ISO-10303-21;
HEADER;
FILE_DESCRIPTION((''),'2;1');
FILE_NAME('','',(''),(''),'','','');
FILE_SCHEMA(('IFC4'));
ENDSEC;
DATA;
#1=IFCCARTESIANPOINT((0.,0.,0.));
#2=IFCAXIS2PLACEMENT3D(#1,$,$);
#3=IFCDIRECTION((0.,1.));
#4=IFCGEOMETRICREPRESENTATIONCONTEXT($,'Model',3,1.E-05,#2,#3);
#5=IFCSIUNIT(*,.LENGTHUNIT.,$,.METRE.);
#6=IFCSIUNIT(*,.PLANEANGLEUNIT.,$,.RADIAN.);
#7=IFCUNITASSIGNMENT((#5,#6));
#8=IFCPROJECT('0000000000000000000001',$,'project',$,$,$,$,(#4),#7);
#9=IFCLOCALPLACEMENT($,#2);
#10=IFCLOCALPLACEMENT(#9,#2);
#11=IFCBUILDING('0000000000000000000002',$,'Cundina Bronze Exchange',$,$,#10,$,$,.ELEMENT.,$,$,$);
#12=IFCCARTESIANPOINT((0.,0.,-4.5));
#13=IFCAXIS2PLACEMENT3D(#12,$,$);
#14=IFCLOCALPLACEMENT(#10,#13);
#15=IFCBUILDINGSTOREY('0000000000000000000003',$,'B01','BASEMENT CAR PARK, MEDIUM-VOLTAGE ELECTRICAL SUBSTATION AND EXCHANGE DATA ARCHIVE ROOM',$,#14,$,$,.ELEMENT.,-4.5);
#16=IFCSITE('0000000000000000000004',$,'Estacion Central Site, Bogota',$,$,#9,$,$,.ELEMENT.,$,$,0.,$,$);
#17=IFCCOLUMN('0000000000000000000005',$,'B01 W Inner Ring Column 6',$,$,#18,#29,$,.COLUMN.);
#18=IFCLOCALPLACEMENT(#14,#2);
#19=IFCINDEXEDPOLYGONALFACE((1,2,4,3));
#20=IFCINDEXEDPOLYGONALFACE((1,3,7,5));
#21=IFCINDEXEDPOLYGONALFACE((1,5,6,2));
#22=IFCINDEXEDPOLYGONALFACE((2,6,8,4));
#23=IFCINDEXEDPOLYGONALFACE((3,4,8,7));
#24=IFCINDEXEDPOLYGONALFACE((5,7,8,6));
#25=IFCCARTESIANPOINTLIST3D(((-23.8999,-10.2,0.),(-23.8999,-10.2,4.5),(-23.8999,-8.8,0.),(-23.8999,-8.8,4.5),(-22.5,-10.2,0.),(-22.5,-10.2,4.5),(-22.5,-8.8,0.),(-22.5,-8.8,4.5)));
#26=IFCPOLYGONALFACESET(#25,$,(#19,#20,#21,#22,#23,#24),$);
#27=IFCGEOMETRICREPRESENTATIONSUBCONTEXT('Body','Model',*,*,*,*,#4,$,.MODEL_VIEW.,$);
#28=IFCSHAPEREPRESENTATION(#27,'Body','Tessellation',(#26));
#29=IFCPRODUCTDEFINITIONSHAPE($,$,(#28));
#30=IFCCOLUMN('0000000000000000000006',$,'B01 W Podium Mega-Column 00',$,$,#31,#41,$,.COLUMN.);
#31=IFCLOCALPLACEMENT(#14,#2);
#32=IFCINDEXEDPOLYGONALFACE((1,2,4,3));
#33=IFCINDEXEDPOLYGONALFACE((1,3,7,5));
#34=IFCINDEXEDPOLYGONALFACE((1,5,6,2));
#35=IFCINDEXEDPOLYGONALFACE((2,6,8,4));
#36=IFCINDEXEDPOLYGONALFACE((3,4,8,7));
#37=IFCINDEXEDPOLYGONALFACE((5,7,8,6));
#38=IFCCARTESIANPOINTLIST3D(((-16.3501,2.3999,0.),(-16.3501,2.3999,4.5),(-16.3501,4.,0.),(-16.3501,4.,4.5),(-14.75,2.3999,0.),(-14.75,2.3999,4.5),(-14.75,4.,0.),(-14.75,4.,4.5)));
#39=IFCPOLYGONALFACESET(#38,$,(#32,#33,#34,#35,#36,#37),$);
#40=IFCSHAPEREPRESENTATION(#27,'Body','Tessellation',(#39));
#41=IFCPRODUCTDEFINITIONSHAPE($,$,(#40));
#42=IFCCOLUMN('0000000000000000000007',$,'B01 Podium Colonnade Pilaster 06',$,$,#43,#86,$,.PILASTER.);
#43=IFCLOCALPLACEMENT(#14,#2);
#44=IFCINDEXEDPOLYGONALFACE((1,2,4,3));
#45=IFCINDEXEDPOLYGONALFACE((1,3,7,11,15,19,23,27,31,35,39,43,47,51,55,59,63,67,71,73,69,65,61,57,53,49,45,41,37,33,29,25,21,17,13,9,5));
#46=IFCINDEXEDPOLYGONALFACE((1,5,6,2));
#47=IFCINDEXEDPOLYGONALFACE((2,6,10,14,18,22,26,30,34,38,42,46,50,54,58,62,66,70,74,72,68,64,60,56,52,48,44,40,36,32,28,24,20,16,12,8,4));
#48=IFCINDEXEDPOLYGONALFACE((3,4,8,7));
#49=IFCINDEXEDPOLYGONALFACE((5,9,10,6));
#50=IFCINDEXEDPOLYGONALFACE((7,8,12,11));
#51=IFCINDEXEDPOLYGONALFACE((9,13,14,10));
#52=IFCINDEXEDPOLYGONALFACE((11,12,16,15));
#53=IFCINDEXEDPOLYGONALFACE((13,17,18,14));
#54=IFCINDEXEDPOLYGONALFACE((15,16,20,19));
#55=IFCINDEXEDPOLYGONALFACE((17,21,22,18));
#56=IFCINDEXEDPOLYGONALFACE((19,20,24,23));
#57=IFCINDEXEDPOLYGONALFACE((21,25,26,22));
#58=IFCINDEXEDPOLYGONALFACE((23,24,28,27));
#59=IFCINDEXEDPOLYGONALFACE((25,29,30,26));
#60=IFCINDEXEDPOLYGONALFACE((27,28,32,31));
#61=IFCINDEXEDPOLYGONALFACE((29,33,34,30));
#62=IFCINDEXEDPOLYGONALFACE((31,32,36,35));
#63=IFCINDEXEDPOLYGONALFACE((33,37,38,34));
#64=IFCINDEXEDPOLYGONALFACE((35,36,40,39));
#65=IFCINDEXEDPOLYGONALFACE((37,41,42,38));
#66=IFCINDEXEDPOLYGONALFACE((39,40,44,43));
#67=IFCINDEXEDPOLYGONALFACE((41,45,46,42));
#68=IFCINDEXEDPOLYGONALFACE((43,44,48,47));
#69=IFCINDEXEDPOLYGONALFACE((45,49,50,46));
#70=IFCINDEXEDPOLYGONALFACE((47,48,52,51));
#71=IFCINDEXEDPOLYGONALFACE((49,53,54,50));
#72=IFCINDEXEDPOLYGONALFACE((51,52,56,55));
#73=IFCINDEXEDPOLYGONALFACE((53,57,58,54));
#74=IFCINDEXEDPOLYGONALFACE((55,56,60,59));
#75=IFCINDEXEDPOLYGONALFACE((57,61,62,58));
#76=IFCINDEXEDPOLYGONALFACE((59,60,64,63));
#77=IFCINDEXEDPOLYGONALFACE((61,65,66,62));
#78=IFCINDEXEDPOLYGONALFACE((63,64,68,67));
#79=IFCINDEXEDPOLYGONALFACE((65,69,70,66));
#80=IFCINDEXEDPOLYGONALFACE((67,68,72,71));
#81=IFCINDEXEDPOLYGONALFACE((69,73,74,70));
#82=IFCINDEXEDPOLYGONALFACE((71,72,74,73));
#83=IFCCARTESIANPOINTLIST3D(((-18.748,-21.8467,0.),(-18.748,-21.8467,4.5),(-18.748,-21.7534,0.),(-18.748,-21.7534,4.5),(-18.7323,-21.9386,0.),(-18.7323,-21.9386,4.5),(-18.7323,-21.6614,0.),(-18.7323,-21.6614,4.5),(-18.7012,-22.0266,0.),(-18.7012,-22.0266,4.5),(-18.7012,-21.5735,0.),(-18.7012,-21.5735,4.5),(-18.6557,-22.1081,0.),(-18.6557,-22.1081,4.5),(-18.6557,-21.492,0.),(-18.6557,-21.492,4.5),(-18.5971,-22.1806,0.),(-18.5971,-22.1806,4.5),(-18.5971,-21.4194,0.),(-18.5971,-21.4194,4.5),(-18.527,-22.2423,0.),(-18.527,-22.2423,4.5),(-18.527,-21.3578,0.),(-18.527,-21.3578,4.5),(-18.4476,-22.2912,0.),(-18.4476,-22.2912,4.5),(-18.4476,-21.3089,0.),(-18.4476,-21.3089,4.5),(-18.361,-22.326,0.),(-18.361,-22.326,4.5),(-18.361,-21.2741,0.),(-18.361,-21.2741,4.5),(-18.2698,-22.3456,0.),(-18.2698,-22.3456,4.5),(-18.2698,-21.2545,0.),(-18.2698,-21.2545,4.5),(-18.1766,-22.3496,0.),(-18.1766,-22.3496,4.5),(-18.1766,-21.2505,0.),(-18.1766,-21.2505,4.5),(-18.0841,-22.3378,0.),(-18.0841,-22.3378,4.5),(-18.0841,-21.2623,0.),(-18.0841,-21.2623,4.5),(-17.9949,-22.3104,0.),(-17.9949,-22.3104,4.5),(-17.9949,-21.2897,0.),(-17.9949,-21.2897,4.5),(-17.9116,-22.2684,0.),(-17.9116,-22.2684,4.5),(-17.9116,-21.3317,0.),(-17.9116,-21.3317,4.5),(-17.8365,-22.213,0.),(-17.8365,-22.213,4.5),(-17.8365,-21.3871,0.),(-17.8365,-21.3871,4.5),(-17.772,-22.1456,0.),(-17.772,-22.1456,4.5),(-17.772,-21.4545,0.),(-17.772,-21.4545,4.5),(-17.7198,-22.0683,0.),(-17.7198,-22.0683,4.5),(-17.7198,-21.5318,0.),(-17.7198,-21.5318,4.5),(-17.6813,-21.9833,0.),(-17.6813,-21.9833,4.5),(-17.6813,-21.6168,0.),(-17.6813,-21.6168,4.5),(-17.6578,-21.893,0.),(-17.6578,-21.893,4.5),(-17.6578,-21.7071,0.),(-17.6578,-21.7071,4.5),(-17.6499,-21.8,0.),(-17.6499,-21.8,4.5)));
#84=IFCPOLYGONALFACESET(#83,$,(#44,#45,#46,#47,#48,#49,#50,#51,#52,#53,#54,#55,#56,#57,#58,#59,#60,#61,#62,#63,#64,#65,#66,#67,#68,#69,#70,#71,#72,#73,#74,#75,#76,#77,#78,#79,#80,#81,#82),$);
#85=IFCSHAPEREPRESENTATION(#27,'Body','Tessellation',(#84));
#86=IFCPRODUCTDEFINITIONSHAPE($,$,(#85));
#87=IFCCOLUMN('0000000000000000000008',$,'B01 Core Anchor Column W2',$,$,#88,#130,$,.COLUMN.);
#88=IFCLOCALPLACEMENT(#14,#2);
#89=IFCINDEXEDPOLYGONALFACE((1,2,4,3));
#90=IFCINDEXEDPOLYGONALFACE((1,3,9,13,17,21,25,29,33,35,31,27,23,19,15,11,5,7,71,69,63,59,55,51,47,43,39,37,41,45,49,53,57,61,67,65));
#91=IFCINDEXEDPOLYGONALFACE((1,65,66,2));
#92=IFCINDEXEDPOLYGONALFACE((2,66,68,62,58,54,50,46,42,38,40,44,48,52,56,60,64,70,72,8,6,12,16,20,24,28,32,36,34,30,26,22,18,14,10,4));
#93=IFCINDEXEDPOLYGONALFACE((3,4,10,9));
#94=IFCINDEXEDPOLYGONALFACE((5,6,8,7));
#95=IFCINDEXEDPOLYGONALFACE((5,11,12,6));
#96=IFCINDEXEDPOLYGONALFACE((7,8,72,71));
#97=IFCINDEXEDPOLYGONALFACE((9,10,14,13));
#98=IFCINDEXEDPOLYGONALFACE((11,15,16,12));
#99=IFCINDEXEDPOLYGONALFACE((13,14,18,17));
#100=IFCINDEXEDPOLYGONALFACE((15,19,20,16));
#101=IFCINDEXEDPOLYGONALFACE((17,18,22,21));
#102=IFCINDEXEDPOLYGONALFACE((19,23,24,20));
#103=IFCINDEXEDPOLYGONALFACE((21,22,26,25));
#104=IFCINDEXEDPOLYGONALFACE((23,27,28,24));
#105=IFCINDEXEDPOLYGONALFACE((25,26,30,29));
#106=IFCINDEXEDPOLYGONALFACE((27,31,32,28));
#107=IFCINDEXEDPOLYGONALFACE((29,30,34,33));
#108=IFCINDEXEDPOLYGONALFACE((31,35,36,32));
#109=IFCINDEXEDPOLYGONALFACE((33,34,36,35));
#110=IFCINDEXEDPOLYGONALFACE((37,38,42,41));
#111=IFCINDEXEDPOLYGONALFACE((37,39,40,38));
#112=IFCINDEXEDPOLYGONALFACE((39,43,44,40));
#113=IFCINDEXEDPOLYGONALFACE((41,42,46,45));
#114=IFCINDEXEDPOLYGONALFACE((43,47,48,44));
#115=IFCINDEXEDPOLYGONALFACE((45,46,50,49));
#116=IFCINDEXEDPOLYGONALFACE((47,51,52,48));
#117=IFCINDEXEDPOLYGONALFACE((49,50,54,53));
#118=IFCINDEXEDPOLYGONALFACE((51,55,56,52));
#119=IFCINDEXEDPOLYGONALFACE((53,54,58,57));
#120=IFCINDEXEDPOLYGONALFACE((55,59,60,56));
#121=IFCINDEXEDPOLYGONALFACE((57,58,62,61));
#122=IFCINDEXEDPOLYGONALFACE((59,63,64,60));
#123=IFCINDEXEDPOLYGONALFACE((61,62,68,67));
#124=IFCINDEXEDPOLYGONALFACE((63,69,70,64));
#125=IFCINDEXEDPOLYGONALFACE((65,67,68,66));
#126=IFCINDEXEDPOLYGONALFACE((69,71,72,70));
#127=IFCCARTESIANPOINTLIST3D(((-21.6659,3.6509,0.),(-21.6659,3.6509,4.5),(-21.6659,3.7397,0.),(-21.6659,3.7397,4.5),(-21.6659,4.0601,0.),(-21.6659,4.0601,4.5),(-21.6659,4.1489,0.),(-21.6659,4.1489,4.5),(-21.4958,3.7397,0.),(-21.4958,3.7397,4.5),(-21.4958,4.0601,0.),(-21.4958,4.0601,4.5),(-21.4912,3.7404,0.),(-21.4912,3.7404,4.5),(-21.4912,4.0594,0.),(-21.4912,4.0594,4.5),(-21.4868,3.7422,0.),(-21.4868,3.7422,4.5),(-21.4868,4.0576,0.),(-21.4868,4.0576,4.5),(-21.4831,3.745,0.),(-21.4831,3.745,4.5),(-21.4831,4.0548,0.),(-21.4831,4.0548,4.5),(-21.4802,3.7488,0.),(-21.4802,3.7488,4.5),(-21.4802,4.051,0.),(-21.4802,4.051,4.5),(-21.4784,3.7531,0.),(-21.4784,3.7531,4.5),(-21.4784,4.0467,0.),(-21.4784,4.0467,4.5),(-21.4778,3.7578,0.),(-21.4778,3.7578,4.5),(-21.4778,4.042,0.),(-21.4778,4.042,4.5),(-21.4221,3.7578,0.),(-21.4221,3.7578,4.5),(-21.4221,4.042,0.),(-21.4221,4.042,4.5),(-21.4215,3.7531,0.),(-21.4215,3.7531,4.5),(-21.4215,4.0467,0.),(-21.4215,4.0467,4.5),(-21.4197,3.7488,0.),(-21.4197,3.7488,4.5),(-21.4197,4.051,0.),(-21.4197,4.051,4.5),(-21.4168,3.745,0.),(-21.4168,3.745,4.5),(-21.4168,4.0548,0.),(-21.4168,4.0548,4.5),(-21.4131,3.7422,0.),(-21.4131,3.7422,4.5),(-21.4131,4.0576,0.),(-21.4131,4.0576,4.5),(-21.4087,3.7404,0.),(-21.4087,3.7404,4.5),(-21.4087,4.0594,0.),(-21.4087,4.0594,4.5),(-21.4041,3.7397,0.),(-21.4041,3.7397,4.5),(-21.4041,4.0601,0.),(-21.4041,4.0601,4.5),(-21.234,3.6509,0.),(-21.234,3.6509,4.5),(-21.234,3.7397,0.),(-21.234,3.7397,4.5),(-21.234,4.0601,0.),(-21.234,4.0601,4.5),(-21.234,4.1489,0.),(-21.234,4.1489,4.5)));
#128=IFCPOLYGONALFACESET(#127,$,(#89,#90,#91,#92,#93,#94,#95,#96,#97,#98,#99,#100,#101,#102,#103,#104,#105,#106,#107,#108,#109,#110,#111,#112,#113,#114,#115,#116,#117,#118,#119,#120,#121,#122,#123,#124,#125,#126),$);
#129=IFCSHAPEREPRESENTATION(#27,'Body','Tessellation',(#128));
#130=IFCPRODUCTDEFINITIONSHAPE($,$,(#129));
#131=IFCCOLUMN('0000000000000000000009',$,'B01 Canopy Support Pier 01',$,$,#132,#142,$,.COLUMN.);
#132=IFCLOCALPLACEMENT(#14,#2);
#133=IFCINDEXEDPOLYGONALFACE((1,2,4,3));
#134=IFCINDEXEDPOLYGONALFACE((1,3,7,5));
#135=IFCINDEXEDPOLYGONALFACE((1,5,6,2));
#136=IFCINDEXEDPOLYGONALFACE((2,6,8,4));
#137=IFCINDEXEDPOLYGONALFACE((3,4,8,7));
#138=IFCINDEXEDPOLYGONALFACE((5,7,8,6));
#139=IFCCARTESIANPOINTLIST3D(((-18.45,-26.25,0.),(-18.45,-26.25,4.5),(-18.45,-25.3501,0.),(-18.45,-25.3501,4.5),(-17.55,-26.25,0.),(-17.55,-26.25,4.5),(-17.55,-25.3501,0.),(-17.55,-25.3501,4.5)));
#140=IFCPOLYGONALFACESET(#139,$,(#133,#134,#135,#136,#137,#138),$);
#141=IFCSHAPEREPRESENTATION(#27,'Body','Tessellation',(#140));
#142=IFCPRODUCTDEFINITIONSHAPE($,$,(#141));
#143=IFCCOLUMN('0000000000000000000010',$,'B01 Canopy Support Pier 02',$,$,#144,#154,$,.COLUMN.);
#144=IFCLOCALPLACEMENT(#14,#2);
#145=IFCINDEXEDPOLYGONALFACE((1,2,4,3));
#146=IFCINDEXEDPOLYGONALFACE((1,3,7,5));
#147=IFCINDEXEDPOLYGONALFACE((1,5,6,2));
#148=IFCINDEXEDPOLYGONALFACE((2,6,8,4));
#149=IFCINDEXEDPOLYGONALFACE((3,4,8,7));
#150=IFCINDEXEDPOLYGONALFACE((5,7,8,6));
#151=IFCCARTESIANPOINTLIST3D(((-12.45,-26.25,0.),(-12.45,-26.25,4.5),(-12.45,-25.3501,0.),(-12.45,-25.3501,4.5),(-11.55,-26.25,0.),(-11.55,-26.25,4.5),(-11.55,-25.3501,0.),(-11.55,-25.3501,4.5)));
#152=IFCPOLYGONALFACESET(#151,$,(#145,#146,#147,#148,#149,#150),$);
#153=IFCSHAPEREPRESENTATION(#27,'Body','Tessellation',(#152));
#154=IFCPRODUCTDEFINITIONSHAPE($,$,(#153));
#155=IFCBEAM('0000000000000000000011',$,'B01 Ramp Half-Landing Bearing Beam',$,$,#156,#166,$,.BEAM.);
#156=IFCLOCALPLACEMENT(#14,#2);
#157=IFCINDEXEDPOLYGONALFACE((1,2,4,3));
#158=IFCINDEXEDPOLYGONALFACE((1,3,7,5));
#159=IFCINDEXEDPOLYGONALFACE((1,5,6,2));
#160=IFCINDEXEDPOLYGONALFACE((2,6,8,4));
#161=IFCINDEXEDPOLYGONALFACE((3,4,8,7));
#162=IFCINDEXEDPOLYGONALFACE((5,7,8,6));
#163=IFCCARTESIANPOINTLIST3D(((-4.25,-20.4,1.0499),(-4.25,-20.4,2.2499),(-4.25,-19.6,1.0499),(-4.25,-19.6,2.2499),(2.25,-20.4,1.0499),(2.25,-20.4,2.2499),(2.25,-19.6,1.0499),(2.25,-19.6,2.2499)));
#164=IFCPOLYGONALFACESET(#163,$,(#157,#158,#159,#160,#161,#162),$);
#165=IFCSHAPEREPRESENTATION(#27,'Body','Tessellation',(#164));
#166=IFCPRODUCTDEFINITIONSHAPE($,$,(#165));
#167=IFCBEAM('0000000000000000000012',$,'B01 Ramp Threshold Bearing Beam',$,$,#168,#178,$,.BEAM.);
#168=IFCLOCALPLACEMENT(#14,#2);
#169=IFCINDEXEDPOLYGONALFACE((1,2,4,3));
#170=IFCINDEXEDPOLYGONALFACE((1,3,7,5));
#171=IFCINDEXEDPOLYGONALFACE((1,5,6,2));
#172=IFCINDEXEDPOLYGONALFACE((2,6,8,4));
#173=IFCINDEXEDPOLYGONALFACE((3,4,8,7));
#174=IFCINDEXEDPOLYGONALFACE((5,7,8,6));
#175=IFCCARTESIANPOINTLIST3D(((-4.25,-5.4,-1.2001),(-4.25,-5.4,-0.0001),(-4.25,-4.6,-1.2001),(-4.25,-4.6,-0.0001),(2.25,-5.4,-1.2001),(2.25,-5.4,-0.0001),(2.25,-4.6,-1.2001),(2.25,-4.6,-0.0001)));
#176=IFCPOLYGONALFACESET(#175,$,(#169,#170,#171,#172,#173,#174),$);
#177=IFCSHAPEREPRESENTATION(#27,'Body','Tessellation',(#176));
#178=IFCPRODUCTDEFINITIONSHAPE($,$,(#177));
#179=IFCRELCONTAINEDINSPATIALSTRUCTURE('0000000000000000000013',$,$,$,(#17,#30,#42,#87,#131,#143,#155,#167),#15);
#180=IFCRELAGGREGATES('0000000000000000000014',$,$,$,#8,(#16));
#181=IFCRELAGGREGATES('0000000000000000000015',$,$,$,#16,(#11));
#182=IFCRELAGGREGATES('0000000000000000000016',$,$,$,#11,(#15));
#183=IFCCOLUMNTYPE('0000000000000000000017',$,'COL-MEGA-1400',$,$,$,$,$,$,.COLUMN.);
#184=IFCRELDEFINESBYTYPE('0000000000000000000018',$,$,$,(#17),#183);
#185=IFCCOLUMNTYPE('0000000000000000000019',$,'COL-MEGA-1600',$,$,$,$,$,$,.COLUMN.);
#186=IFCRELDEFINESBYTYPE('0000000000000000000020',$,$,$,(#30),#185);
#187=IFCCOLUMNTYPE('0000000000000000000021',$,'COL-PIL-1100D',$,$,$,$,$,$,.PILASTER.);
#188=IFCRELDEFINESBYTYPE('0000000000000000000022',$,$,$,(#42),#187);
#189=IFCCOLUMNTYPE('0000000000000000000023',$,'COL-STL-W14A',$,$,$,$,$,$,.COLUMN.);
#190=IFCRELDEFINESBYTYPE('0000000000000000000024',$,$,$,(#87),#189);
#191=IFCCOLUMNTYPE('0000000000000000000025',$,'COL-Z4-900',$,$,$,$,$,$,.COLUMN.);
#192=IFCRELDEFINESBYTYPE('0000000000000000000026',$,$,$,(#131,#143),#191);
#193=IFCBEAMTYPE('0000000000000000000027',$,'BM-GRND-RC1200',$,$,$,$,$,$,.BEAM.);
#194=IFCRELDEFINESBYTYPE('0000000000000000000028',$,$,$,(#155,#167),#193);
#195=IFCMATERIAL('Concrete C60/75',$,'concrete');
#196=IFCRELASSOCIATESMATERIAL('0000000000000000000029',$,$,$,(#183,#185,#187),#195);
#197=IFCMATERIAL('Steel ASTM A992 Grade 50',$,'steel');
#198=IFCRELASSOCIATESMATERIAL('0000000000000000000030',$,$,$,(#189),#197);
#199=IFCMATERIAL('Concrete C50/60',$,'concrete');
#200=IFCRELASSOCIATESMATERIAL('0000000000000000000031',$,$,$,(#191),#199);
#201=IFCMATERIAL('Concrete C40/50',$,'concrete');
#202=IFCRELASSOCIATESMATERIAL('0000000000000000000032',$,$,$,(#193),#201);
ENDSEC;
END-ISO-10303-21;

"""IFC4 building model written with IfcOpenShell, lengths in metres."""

from ifc_helpers import new_model, si_unit, direction, frame, origin, origin_2d, place, context, subcontext, project, spatial, rectangle, circle, i_section, extrude, material, material_profile, profile_set, type_object, element, save


model = new_model("IFC4")

# Units and contexts
model_context = context("Model", 3, precision=1e-05, world=origin(), true_north=direction((0.0, 1.0)))
body_context = subcontext(model_context, "Body", "Model", "MODEL_VIEW")
ifc_project = project(units=[si_unit("LENGTHUNIT", "METRE"), si_unit("PLANEANGLEUNIT", "RADIAN")], contexts=[model_context])

# Site, building, storey
site_placement = place(None, origin())
site = spatial("IfcSite", under=ifc_project, at=site_placement, Name="Estacion Central Site, Bogota", CompositionType="ELEMENT", RefElevation=0.0)
building_placement = place(site_placement, origin())
building = spatial("IfcBuilding", under=site, at=building_placement, Name="Cundina Bronze Exchange", CompositionType="ELEMENT")
storey_placement = place(building_placement, frame((0.0, 0.0, -4.5)))
storey = spatial("IfcBuildingStorey", under=building, at=storey_placement, Name="B01", Description="BASEMENT CAR PARK, MEDIUM-VOLTAGE ELECTRICAL SUBSTATION AND EXCHANGE DATA ARCHIVE ROOM", CompositionType="ELEMENT", Elevation=-4.5)

# Columns
ifc_material_1 = material(Name="Concrete C60/75", Category="concrete")
ifc_material_profile_1 = material_profile(ifc_material_1, rectangle(XDim=1.3999, YDim=1.3999, at=origin_2d()), Name="RC1400X1400", Category="concrete")
ifc_profile_set_1 = profile_set([ifc_material_profile_1], Name="Concrete C60/75")
column_type_1 = type_object("IfcColumnType", Name="COL-MEGA-1400", PredefinedType="COLUMN", material=ifc_profile_set_1)
column_1_placement = place(storey_placement, frame((-23.2, -9.5, 0.0), z_axis=(0.0, 0.0, 1.0), x_axis=(1.0, 0.0, 0.0)))
element("IfcColumn", 1, at=column_1_placement, inside=storey, type_object=column_type_1, Name="B01 W Inner Ring Column 6", PredefinedType="COLUMN", context=body_context, shape_type="SweptSolid", body=[
    extrude(rectangle(XDim=1.3999, YDim=1.3999, at=origin_2d()), origin(), (0.0, 0.0, 1.0), 4.5),
])
ifc_material_profile_2 = material_profile(ifc_material_1, rectangle(XDim=1.6001, YDim=1.6001, at=origin_2d()), Name="RC1600X1600", Category="concrete")
ifc_profile_set_2 = profile_set([ifc_material_profile_2], Name="Concrete C60/75")
column_type_2 = type_object("IfcColumnType", Name="COL-MEGA-1600", PredefinedType="COLUMN", material=ifc_profile_set_2)
column_2_placement = place(storey_placement, frame((-15.55, 3.2, 0.0), z_axis=(0.0, 0.0, 1.0), x_axis=(1.0, 0.0, 0.0)))
element("IfcColumn", 2, at=column_2_placement, inside=storey, type_object=column_type_2, Name="B01 W Podium Mega-Column 00", PredefinedType="COLUMN", context=body_context, shape_type="SweptSolid", body=[
    extrude(rectangle(XDim=1.6001, YDim=1.6001, at=origin_2d()), origin(), (0.0, 0.0, 1.0), 4.5),
])
ifc_material_profile_3 = material_profile(ifc_material_1, circle(Radius=0.55, at=origin_2d()), Name="RC1100D", Category="concrete")
ifc_profile_set_3 = profile_set([ifc_material_profile_3], Name="Concrete C60/75")
column_type_3 = type_object("IfcColumnType", Name="COL-PIL-1100D", PredefinedType="PILASTER", material=ifc_profile_set_3)
column_3_placement = place(storey_placement, frame((-18.2, -21.8, 0.0), z_axis=(0.0, 0.0, 1.0), x_axis=(1.0, 0.0, 0.0)))
element("IfcColumn", 3, at=column_3_placement, inside=storey, type_object=column_type_3, Name="B01 Podium Colonnade Pilaster 06", PredefinedType="PILASTER", context=body_context, shape_type="SweptSolid", body=[
    extrude(circle(Radius=0.55, at=origin_2d()), origin(), (0.0, 0.0, 1.0), 4.5),
])
ifc_material_2 = material(Name="Steel ASTM A992 Grade 50", Category="steel")
ifc_material_profile_4 = material_profile(ifc_material_2, i_section(OverallWidth=0.4319, OverallDepth=0.498, WebThickness=0.0557, FlangeThickness=0.0889, FilletRadius=0.0181, at=origin_2d()), Name="W14X500", Category="steel")
ifc_profile_set_4 = profile_set([ifc_material_profile_4], Name="Steel ASTM A992 Grade 50")
column_type_4 = type_object("IfcColumnType", Name="COL-STL-W14A", PredefinedType="COLUMN", material=ifc_profile_set_4)
column_4_placement = place(storey_placement, frame((-21.45, 3.8999, 0.0), z_axis=(0.0, 0.0, 1.0), x_axis=(1.0, 0.0, 0.0)))
element("IfcColumn", 4, at=column_4_placement, inside=storey, type_object=column_type_4, Name="B01 Core Anchor Column W2", PredefinedType="COLUMN", context=body_context, shape_type="SweptSolid", body=[
    extrude(i_section(OverallWidth=0.4319, OverallDepth=0.498, WebThickness=0.0557, FlangeThickness=0.0889, FilletRadius=0.0181, at=origin_2d()), origin(), (0.0, 0.0, 1.0), 4.5),
])
ifc_material_3 = material(Name="Concrete C50/60", Category="concrete")
ifc_material_profile_5 = material_profile(ifc_material_3, rectangle(XDim=0.8999, YDim=0.8999, at=origin_2d()), Name="RC900X900", Category="concrete")
ifc_profile_set_5 = profile_set([ifc_material_profile_5], Name="Concrete C50/60")
column_type_5 = type_object("IfcColumnType", Name="COL-Z4-900", PredefinedType="COLUMN", material=ifc_profile_set_5)
for number, where, z_axis, x_axis, name in (
    (5, (-18.0, -25.8, 0.0), (0.0, 0.0, 1.0), (1.0, 0.0, 0.0), "B01 Canopy Support Pier 01"),
    (6, (-12.0, -25.8, 0.0), (0.0, 0.0, 1.0), (1.0, 0.0, 0.0), "B01 Canopy Support Pier 02"),
):
    element("IfcColumn", number, at=place(storey_placement, frame(where, z_axis=z_axis, x_axis=x_axis)), inside=storey, type_object=column_type_5, Name=name, PredefinedType="COLUMN", context=body_context, shape_type="SweptSolid", body=[
        extrude(rectangle(XDim=0.8999, YDim=0.8999, at=origin_2d()), origin(), (0.0, 0.0, 1.0), 4.5),
    ])

# Beams
ifc_material_4 = material(Name="Concrete C40/50", Category="concrete")
ifc_material_profile_6 = material_profile(ifc_material_4, rectangle(XDim=0.8, YDim=1.2, at=origin_2d()), Name="RC800X1200", Category="concrete")
ifc_profile_set_6 = profile_set([ifc_material_profile_6], Name="Concrete C40/50")
beam_type_1 = type_object("IfcBeamType", Name="BM-GRND-RC1200", PredefinedType="BEAM", material=ifc_profile_set_6)
for number, where, z_axis, x_axis, name in (
    (7, (-4.25, -20.0, 1.6499), (1.0, 0.0, 0.0), (0.0, 1.0, 0.0), "B01 Ramp Half-Landing Bearing Beam"),
    (8, (-4.25, -5.0, -0.6001), (1.0, 0.0, 0.0), (0.0, 1.0, 0.0), "B01 Ramp Threshold Bearing Beam"),
):
    element("IfcBeam", number, at=place(storey_placement, frame(where, z_axis=z_axis, x_axis=x_axis)), inside=storey, type_object=beam_type_1, Name=name, PredefinedType="BEAM", context=body_context, shape_type="SweptSolid", body=[
        extrude(rectangle(XDim=0.8, YDim=1.2, at=origin_2d()), origin(), (0.0, 0.0, 1.0), 6.5),
    ])

save(model, "model.ifc")
